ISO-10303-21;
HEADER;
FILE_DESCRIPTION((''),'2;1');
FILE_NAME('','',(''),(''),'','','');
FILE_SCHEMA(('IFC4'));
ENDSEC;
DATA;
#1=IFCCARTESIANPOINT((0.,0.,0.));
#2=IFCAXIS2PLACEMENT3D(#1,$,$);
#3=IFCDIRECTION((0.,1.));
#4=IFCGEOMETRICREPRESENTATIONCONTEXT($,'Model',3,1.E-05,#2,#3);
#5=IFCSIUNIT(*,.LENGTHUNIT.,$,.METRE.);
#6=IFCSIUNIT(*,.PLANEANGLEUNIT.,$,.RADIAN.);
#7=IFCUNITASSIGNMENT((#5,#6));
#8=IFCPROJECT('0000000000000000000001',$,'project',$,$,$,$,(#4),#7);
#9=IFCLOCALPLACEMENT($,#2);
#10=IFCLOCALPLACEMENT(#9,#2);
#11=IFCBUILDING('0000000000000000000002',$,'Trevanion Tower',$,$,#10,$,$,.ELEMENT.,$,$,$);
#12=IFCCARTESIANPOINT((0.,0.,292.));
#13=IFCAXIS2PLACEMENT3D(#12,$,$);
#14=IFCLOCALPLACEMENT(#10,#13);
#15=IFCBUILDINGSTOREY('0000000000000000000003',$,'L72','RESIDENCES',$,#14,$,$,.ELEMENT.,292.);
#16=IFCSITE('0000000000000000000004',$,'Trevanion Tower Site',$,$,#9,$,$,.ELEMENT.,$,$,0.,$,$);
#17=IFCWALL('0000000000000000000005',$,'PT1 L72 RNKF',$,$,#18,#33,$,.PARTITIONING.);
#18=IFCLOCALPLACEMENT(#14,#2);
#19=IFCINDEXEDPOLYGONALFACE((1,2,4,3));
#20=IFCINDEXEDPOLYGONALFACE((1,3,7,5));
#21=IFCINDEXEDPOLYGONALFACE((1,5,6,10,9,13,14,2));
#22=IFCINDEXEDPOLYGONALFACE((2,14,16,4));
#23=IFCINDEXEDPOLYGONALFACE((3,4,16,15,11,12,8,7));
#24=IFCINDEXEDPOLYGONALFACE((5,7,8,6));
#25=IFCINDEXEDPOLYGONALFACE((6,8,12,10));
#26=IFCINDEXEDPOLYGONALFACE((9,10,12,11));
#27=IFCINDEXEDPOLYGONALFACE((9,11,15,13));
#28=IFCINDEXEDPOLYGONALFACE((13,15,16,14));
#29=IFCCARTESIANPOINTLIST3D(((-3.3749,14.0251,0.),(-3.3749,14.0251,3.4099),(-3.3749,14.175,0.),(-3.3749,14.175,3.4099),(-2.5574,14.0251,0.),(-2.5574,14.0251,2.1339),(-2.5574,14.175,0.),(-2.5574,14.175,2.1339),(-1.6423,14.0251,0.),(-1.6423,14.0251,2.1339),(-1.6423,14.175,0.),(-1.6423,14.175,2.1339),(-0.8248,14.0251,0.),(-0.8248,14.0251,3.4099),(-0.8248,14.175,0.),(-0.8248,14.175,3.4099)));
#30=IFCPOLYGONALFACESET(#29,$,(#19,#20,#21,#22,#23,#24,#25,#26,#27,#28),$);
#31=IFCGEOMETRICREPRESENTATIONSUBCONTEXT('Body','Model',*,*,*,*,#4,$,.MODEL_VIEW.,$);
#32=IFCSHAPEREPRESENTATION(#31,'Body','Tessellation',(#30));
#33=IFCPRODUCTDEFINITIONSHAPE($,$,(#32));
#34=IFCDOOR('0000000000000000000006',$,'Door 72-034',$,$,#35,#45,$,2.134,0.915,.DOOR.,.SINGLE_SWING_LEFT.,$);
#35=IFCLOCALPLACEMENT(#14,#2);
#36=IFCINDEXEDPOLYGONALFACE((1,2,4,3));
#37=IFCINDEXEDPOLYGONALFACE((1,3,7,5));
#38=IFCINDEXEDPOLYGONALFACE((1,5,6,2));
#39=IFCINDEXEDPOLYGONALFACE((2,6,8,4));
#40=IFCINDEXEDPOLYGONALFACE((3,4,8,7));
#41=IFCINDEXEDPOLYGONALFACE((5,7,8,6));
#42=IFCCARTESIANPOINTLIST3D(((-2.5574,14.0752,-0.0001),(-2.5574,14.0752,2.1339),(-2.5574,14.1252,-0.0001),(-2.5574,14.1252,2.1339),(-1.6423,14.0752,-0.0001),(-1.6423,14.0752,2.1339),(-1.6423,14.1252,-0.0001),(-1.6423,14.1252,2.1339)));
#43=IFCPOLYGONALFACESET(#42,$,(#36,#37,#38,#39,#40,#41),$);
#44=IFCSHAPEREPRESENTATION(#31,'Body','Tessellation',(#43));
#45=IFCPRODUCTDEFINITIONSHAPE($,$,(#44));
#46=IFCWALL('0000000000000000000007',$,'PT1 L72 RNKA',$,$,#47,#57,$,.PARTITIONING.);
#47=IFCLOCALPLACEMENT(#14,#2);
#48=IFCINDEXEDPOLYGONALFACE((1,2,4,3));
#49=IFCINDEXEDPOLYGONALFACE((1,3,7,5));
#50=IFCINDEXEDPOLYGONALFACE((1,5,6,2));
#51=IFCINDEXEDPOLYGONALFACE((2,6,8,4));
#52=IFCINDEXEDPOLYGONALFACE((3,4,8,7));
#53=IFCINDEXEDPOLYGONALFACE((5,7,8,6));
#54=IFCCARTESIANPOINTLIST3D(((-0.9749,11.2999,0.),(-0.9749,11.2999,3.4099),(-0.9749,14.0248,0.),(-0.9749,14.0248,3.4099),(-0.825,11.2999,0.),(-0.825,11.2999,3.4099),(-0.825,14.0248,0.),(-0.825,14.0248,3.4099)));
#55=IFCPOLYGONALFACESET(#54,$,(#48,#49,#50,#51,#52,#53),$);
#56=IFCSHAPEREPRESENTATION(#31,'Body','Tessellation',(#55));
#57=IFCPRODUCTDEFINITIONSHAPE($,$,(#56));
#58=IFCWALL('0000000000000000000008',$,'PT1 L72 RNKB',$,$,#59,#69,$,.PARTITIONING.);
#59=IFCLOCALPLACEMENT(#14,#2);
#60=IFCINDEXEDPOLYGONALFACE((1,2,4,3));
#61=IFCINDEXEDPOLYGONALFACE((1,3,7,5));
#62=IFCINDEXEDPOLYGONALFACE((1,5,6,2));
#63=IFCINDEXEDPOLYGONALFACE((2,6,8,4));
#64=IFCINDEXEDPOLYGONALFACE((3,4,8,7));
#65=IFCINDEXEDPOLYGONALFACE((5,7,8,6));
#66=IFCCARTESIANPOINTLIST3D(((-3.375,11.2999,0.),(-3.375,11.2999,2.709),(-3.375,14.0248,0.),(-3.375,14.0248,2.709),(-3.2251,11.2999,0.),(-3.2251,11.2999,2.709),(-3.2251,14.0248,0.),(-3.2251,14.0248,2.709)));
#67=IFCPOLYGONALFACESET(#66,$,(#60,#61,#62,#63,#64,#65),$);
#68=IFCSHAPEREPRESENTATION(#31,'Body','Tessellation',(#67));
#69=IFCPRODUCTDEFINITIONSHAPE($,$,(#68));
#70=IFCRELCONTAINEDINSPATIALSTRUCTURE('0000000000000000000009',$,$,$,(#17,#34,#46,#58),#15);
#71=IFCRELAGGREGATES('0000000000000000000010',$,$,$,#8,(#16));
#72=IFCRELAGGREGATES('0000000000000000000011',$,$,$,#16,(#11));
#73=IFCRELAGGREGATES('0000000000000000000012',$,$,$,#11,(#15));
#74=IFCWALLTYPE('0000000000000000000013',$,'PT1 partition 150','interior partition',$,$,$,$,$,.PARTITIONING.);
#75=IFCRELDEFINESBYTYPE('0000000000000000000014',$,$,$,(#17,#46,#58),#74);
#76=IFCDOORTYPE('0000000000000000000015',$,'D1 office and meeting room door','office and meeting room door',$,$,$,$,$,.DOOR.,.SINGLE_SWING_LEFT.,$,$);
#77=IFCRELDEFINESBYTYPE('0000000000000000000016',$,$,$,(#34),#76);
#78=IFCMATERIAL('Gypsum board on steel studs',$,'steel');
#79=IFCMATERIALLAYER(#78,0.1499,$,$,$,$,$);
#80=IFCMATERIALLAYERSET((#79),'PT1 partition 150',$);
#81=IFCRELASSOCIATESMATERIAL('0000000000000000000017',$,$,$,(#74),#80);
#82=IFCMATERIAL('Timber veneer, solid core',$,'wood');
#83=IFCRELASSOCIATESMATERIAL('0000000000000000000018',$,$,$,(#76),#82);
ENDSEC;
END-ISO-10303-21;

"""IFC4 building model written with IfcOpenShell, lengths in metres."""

from ifc_helpers import new_model, si_unit, direction, frame, frame_2d, origin, place, context, subcontext, project, spatial, rectangle, extrude, material, layer, layer_set, type_object, element, fill, save


model = new_model("IFC4")

# Units and contexts
model_context = context("Model", 3, precision=1e-05, world=origin(), true_north=direction((0.0, 1.0)))
body_context = subcontext(model_context, "Body", "Model", "MODEL_VIEW")
ifc_project = project(units=[si_unit("LENGTHUNIT", "METRE"), si_unit("PLANEANGLEUNIT", "RADIAN")], contexts=[model_context])

# Site, building, storey
site_placement = place(None, origin())
site = spatial("IfcSite", under=ifc_project, at=site_placement, Name="Trevanion Tower Site", CompositionType="ELEMENT", RefElevation=0.0)
building_placement = place(site_placement, origin())
building = spatial("IfcBuilding", under=site, at=building_placement, Name="Trevanion Tower", CompositionType="ELEMENT")
storey_placement = place(building_placement, frame((0.0, 0.0, 292.0)))
storey = spatial("IfcBuildingStorey", under=building, at=storey_placement, Name="L72", Description="RESIDENCES", CompositionType="ELEMENT", Elevation=292.0)

# Wall, opening, door
ifc_material_1 = material(Name="Gypsum board on steel studs", Category="steel")
ifc_layer_1 = layer(ifc_material_1, 0.1499)
ifc_layer_set_1 = layer_set([ifc_layer_1], Name="PT1 partition 150")
wall_type_1 = type_object("IfcWallType", Name="PT1 partition 150", Description="interior partition", PredefinedType="PARTITIONING", material=ifc_layer_set_1)
wall_1_placement = place(storey_placement, frame((-0.825, 14.1001, 0.0), z_axis=(0.0, 0.0, 1.0), x_axis=(-1.0, 0.0, 0.0)))
wall_1 = element("IfcWall", 1, at=wall_1_placement, inside=storey, type_object=wall_type_1, Name="PT1 L72 RNKF", PredefinedType="PARTITIONING", context=body_context, shape_type="SweptSolid", body=[
    extrude(rectangle(XDim=2.55, YDim=0.1499, at=frame_2d((1.2749, 0.0))), origin(), (0.0, 0.0, 1.0), 3.4099),
])
opening_placement = place(wall_1_placement, frame((0.8174, 0.0, 0.0)))
opening = element("IfcOpeningElement", 2, at=opening_placement, cuts=wall_1, PredefinedType="OPENING", context=body_context, shape_type="SweptSolid", body=[
    extrude(rectangle(XDim=0.915, YDim=2.134, at=frame_2d((0.4575, 1.0669))), frame((0.0, 0.085, 0.0), z_axis=(0.0, -1.0, 0.0), x_axis=(1.0, 0.0, 0.0)), (0.0, 0.0, 1.0), 0.1699),
])
ifc_material_2 = material(Name="Timber veneer, solid core", Category="wood")
door_type = type_object("IfcDoorType", Name="D1 office and meeting room door", Description="office and meeting room door", OperationType="SINGLE_SWING_LEFT", PredefinedType="DOOR", material=ifc_material_2)
door_placement = place(opening_placement, origin())
door = element("IfcDoor", 3, at=door_placement, inside=storey, type_object=door_type, Name="Door 72-034", OperationType="SINGLE_SWING_LEFT", OverallHeight=2.134, OverallWidth=0.915, PredefinedType="DOOR", context=body_context, shape_type="SweptSolid", body=[
    extrude(rectangle(XDim=0.915, YDim=2.134, at=frame_2d((0.4575, 1.0669))), frame((0.0, 0.0249, 0.0), z_axis=(0.0, -1.0, 0.0), x_axis=(1.0, 0.0, 0.0)), (0.0, 0.0, 1.0), 0.05),
])
fill(opening, door)

# Walls
wall_2_placement = place(storey_placement, frame((-0.8999, 11.3, 0.0), z_axis=(0.0, 0.0, 1.0), x_axis=(0.0, 1.0, 0.0)))
element("IfcWall", 4, at=wall_2_placement, inside=storey, type_object=wall_type_1, Name="PT1 L72 RNKA", PredefinedType="PARTITIONING", context=body_context, shape_type="SweptSolid", body=[
    extrude(rectangle(XDim=2.7249, YDim=0.1499, at=frame_2d((1.3623, 0.0))), origin(), (0.0, 0.0, 1.0), 3.4099),
])
wall_3_placement = place(storey_placement, frame((-3.3, 11.3, 0.0), z_axis=(0.0, 0.0, 1.0), x_axis=(0.0, 1.0, 0.0)))
element("IfcWall", 5, at=wall_3_placement, inside=storey, type_object=wall_type_1, Name="PT1 L72 RNKB", PredefinedType="PARTITIONING", context=body_context, shape_type="SweptSolid", body=[
    extrude(rectangle(XDim=2.7249, YDim=0.1499, at=frame_2d((1.3623, 0.0))), origin(), (0.0, 0.0, 1.0), 2.709),
])

save(model, "model.ifc")
